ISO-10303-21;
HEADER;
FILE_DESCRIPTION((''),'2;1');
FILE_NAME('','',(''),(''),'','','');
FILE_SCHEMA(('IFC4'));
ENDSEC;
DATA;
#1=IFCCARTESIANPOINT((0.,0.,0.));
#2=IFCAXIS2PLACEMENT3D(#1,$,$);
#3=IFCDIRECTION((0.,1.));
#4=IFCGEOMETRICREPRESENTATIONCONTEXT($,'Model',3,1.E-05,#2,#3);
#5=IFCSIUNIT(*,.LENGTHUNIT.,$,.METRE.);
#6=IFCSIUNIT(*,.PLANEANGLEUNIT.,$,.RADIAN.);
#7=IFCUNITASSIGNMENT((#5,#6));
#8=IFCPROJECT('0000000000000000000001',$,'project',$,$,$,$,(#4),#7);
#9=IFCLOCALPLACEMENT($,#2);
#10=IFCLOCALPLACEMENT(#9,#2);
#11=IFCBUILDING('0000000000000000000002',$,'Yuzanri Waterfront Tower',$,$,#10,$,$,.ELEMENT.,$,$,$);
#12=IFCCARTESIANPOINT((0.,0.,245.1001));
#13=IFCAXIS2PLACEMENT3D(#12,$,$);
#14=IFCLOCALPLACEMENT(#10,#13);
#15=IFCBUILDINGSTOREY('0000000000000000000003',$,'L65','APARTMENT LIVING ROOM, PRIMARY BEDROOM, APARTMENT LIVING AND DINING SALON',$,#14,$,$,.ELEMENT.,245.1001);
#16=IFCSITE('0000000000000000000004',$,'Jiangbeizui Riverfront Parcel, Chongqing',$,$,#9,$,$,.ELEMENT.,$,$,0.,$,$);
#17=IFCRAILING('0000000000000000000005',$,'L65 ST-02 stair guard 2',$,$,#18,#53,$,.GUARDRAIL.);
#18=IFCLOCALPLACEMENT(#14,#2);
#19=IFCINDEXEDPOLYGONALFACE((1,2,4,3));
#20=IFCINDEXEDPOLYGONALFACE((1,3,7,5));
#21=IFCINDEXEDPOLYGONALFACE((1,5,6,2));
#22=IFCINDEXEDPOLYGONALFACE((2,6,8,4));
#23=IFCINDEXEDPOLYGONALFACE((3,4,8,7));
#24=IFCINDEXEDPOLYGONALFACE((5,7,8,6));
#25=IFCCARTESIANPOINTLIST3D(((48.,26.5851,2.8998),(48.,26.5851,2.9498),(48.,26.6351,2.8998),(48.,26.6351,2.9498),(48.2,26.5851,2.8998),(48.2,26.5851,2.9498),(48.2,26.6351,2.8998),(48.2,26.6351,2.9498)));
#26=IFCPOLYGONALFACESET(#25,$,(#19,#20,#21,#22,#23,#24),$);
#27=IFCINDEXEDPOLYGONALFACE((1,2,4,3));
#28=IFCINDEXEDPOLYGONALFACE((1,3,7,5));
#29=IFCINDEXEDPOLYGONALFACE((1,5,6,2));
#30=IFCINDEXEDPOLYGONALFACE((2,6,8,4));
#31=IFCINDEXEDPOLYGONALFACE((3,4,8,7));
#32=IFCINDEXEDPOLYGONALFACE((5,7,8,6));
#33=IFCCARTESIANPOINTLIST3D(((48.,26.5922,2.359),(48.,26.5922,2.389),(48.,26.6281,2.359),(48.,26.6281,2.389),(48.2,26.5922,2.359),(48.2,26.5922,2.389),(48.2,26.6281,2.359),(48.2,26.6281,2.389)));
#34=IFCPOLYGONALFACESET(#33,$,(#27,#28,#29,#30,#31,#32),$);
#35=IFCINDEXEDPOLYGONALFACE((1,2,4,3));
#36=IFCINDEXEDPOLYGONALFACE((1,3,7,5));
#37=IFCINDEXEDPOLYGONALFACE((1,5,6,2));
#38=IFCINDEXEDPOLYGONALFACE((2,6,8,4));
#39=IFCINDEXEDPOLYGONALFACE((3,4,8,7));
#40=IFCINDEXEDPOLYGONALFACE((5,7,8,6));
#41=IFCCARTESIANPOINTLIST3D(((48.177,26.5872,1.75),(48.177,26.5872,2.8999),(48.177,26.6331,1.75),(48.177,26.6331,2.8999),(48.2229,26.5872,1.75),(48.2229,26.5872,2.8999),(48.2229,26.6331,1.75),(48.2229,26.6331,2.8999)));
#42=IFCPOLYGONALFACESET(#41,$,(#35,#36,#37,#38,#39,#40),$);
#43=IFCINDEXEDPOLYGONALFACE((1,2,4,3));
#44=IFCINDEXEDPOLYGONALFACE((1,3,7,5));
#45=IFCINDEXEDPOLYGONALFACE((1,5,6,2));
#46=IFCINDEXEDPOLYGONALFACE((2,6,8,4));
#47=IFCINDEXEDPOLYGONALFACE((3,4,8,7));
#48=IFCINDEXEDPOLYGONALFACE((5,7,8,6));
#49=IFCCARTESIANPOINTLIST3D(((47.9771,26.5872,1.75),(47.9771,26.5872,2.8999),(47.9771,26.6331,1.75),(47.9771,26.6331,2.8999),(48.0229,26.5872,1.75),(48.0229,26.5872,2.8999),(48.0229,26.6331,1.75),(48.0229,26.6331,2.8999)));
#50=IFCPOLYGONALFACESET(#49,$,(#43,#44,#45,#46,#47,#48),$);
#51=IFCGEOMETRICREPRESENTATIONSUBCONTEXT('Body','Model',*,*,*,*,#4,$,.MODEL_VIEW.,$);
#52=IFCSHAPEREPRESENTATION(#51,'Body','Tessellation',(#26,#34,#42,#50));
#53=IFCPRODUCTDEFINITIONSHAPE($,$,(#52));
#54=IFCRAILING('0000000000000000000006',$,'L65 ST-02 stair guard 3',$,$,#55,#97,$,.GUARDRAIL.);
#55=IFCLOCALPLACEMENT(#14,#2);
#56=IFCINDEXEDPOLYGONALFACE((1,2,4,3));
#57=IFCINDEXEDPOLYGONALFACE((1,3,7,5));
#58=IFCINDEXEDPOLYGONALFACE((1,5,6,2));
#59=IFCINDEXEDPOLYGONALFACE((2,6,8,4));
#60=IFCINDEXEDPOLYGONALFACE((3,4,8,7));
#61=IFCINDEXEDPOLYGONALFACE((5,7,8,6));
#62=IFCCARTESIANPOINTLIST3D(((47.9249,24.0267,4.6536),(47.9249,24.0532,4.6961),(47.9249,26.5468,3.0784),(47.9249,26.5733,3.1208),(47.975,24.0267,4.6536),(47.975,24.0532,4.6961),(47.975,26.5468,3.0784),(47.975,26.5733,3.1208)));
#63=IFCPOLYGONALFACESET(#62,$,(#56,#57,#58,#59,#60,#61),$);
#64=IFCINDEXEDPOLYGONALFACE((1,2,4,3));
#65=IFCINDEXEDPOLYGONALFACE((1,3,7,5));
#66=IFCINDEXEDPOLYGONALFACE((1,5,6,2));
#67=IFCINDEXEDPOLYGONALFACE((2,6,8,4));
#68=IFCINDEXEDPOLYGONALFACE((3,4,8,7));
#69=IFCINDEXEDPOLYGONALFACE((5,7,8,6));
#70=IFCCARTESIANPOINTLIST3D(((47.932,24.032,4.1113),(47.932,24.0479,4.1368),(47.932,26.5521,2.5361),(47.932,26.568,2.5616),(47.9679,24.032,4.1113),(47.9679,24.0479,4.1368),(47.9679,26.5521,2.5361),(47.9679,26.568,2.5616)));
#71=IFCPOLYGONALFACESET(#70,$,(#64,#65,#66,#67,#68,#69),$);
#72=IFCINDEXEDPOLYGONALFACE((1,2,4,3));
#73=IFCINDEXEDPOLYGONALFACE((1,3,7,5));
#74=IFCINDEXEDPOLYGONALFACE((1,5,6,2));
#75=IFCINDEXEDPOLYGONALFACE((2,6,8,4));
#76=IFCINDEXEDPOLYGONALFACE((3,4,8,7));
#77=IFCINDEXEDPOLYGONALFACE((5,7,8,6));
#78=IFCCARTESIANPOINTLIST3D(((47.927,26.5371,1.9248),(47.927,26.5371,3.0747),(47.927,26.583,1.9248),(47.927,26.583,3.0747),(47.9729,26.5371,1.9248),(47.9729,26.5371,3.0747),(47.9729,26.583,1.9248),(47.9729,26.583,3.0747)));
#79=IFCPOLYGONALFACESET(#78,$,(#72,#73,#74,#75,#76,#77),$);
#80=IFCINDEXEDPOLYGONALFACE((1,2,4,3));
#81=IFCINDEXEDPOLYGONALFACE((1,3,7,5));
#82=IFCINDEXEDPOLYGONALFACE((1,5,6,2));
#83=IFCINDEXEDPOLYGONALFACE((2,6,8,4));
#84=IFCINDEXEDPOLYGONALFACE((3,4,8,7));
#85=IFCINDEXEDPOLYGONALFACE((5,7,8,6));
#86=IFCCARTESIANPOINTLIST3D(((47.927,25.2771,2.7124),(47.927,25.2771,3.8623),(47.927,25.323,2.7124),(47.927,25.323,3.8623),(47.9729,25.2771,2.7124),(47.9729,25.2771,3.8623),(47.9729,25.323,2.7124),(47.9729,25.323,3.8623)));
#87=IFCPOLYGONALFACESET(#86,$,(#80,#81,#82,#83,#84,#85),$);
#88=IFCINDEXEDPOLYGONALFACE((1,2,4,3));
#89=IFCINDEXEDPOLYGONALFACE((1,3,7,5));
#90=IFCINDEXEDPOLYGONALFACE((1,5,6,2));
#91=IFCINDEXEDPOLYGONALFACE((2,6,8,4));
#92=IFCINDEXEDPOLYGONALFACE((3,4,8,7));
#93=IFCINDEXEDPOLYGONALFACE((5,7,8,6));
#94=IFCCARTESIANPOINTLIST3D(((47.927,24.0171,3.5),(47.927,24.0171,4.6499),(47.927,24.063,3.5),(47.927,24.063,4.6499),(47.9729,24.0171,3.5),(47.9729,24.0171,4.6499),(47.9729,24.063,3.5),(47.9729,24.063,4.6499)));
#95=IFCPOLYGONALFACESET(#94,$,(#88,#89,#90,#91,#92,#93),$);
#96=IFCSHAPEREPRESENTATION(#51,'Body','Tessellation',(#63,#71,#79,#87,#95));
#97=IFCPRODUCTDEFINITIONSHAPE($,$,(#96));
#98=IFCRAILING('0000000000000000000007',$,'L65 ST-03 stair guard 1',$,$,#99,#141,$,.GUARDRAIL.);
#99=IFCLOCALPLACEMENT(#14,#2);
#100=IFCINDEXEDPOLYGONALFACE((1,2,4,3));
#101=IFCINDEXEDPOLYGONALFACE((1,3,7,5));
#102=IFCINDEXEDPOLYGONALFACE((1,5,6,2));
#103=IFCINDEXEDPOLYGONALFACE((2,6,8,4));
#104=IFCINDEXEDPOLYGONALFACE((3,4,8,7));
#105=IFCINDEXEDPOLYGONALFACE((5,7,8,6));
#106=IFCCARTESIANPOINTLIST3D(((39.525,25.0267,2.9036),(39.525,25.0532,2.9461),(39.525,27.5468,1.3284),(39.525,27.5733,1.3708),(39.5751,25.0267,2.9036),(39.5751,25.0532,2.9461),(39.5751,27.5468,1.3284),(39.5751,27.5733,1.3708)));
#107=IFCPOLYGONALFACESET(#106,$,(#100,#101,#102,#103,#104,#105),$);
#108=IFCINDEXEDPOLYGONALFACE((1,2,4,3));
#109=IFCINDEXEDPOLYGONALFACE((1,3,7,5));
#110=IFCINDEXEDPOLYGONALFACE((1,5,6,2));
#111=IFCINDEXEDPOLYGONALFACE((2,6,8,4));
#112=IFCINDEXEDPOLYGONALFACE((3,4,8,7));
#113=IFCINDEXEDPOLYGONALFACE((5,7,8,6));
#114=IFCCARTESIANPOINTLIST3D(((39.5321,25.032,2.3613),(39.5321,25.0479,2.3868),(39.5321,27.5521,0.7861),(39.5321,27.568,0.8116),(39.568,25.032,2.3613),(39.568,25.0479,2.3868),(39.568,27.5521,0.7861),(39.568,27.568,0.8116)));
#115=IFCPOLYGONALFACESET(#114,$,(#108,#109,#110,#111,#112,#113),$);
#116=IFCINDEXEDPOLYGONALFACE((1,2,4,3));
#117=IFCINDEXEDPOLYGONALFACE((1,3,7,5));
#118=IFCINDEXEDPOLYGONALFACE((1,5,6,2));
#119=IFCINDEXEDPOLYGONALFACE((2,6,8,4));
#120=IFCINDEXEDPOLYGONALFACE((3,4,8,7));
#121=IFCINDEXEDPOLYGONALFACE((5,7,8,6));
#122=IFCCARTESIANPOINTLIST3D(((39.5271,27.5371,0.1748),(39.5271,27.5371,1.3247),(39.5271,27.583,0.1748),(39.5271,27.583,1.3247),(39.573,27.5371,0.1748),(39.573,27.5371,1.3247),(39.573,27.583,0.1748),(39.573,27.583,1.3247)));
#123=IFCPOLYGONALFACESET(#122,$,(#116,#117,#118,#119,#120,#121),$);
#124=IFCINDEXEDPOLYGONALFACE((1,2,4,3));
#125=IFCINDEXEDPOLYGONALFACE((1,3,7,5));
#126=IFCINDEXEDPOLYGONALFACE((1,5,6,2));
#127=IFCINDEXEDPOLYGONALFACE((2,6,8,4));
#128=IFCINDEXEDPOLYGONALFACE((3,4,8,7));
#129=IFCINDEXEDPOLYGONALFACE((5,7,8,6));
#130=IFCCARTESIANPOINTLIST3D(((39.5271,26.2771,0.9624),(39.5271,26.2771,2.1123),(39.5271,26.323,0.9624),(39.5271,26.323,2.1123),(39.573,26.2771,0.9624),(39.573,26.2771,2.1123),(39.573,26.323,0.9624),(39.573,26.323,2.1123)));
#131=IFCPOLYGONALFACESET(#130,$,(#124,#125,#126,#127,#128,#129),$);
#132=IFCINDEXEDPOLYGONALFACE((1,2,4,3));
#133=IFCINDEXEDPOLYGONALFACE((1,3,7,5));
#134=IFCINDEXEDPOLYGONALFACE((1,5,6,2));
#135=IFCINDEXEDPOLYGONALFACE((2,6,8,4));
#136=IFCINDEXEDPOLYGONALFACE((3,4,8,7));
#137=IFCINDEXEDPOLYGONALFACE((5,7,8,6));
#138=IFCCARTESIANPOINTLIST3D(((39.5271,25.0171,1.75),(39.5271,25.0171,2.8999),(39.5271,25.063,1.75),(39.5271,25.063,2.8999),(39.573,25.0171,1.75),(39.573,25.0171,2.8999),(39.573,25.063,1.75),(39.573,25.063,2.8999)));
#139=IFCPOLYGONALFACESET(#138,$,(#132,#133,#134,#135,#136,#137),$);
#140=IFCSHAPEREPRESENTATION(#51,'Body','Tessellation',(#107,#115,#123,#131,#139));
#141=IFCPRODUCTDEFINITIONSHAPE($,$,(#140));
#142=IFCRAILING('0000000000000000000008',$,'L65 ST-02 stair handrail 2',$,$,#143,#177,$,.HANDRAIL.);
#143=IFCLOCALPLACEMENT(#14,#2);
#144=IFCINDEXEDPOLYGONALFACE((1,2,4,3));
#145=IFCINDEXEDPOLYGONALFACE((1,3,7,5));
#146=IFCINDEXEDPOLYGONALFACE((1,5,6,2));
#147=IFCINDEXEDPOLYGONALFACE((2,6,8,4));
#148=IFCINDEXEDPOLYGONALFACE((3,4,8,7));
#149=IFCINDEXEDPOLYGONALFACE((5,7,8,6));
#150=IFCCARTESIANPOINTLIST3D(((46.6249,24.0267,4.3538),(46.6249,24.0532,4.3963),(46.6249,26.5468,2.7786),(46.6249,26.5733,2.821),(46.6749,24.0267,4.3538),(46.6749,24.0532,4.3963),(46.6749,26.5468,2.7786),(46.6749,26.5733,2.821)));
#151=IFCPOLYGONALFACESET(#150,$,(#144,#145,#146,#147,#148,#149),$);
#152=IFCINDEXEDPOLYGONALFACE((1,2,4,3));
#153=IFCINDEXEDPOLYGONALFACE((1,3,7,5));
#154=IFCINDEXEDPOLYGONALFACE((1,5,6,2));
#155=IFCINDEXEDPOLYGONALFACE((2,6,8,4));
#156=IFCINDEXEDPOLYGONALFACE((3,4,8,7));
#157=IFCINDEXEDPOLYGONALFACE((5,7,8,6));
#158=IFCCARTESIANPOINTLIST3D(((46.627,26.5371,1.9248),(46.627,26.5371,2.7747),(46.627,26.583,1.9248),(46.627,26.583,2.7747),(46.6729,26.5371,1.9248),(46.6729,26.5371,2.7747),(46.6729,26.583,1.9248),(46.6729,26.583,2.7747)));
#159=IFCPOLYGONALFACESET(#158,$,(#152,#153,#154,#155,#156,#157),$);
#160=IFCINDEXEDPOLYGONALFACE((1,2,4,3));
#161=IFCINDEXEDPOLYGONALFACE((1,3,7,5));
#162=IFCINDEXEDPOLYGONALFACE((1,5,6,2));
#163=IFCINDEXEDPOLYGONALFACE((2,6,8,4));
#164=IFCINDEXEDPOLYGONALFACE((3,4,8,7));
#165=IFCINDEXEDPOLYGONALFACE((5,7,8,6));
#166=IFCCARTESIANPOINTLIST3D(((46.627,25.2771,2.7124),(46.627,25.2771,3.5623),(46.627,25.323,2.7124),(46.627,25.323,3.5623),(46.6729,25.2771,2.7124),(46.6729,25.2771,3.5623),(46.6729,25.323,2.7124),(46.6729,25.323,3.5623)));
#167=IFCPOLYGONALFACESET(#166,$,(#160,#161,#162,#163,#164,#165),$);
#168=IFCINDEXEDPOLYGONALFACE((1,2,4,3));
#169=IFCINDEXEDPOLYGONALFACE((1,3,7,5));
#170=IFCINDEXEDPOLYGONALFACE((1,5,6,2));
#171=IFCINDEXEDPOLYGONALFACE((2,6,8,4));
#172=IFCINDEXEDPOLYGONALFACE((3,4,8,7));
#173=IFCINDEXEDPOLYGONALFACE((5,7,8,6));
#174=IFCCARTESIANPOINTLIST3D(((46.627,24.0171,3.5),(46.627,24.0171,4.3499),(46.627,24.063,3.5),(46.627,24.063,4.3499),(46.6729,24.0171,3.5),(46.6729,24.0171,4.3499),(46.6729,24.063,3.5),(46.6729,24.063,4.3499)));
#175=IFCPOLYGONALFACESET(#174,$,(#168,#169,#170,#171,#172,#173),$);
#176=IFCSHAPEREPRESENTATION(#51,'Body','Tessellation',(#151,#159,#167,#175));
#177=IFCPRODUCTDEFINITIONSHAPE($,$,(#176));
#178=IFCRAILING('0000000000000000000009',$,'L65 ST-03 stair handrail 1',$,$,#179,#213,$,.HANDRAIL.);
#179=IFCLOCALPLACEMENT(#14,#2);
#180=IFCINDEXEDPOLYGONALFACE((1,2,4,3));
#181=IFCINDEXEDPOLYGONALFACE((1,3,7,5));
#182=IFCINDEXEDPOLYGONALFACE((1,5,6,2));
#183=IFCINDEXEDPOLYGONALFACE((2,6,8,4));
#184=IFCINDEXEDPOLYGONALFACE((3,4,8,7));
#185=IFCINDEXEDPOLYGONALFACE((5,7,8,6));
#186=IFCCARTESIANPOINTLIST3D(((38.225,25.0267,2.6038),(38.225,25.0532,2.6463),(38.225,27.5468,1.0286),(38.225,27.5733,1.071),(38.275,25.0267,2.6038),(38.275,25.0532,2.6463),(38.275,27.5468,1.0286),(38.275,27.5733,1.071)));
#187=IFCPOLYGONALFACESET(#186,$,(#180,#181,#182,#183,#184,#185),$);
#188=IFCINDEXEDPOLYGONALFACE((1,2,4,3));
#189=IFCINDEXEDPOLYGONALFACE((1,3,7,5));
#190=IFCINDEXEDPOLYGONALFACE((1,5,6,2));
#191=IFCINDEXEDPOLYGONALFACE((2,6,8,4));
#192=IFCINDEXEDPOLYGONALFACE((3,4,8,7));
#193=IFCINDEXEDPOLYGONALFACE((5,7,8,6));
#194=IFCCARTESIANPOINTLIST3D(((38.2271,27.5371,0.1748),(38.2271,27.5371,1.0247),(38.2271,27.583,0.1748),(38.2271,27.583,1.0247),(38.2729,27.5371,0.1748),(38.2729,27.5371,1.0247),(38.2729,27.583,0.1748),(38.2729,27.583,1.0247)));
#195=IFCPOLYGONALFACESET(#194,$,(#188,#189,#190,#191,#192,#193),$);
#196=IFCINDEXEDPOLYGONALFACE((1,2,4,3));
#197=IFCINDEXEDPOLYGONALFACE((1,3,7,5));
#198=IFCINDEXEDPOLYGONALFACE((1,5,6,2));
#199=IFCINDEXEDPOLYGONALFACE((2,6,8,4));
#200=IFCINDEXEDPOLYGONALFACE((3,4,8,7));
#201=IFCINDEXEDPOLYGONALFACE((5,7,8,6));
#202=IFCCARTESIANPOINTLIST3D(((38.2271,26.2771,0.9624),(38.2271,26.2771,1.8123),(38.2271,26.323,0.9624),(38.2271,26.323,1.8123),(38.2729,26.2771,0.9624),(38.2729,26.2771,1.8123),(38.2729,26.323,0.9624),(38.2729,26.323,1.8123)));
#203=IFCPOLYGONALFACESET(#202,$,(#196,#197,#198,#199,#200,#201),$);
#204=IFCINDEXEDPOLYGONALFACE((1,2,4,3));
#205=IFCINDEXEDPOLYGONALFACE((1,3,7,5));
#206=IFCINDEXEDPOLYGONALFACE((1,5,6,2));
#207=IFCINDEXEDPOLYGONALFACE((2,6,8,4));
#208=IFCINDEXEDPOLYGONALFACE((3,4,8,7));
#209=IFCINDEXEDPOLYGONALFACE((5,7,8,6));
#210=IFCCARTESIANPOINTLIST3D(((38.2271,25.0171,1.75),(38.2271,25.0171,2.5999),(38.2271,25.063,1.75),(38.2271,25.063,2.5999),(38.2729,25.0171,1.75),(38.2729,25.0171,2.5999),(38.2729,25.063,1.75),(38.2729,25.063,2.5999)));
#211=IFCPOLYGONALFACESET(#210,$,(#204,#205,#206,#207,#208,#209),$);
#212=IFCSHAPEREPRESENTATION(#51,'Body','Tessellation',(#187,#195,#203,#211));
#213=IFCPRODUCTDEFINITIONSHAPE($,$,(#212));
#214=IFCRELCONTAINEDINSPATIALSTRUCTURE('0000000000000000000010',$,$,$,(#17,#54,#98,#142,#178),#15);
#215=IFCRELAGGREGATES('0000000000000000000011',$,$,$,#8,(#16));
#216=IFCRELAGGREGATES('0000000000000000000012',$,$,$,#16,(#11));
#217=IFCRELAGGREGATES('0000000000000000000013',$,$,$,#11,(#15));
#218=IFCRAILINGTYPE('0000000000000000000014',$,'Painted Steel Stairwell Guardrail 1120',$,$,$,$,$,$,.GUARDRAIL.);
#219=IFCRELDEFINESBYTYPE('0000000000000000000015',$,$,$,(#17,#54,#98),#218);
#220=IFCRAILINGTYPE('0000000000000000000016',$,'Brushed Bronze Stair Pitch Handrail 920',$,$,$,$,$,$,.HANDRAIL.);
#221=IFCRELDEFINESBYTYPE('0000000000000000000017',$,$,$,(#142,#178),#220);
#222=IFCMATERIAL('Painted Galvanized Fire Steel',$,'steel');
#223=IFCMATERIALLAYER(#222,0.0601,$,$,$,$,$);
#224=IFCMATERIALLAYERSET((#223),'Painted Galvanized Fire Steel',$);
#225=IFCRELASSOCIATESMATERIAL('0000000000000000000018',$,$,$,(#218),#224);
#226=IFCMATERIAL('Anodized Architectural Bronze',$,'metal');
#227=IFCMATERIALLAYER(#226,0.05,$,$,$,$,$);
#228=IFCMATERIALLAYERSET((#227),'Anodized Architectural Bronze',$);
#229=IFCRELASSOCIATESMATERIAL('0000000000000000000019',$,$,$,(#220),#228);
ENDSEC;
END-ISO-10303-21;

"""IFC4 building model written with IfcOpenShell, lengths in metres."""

from ifc_helpers import new_model, si_unit, direction, frame, origin, origin_2d, place, context, subcontext, project, spatial, rectangle, extrude, source, transform, mapped, material, layer, layer_set, type_object, element, save


model = new_model("IFC4")

# Units and contexts
model_context = context("Model", 3, precision=1e-05, world=origin(), true_north=direction((0.0, 1.0)))
body_context = subcontext(model_context, "Body", "Model", "MODEL_VIEW")
ifc_project = project(units=[si_unit("LENGTHUNIT", "METRE"), si_unit("PLANEANGLEUNIT", "RADIAN")], contexts=[model_context])

# Site, building, storey
site_placement = place(None, origin())
site = spatial("IfcSite", under=ifc_project, at=site_placement, Name="Jiangbeizui Riverfront Parcel, Chongqing", CompositionType="ELEMENT", RefElevation=0.0)
building_placement = place(site_placement, origin())
building = spatial("IfcBuilding", under=site, at=building_placement, Name="Yuzanri Waterfront Tower", CompositionType="ELEMENT")
storey_placement = place(building_placement, frame((0.0, 0.0, 245.1001)))
storey = spatial("IfcBuildingStorey", under=building, at=storey_placement, Name="L65", Description="APARTMENT LIVING ROOM, PRIMARY BEDROOM, APARTMENT LIVING AND DINING SALON", CompositionType="ELEMENT", Elevation=245.1001)

# Railings
ifc_material_1 = material(Name="Painted Galvanized Fire Steel", Category="steel")
ifc_layer_1 = layer(ifc_material_1, 0.0601)
ifc_layer_set_1 = layer_set([ifc_layer_1], Name="Painted Galvanized Fire Steel")
railing_type_1 = type_object("IfcRailingType", Name="Painted Steel Stairwell Guardrail 1120", PredefinedType="GUARDRAIL", material=ifc_layer_set_1)
shared_shape_1 = source(origin(), body_context, "Body", "SweptSolid", [
    extrude(rectangle(XDim=0.05, YDim=0.05, at=origin_2d()), frame((0.0, 0.0, 1.1748), z_axis=(-1.0, 0.0, 0.0), x_axis=(0.0, -1.0, 0.0)), (0.0, 0.0, 1.0), 0.2),
    extrude(rectangle(XDim=0.0359, YDim=0.03, at=origin_2d()), frame((0.0, 0.0, 0.624), z_axis=(-1.0, 0.0, 0.0), x_axis=(0.0, -1.0, 0.0)), (0.0, 0.0, 1.0), 0.2),
    extrude(rectangle(XDim=0.0459, YDim=0.0459, at=origin_2d()), origin(), (0.0, 0.0, 1.0), 1.1499),
    extrude(rectangle(XDim=0.0459, YDim=0.0459, at=origin_2d()), frame((-0.2, 0.0, 0.0)), (0.0, 0.0, 1.0), 1.1499),
])
railing_1_placement = place(storey_placement, frame((48.2, 26.6101, 1.75)))
element("IfcRailing", 1, at=railing_1_placement, inside=storey, type_object=railing_type_1, Name="L65 ST-02 stair guard 2", PredefinedType="GUARDRAIL", context=body_context, shape_type="MappedRepresentation", body=[
    mapped(shared_shape_1, transform((0.0, 0.0, 0.0), scale=1.0)),
])
shared_shape_2 = source(origin(), body_context, "Body", "SweptSolid", [
    extrude(rectangle(XDim=0.05, YDim=0.05, at=origin_2d()), frame((0.0, 0.0, 1.1748), z_axis=(0.0, -0.847971, 0.530043), x_axis=(1.0, 0.0, 0.0)), (0.0, 0.0, 1.0), 2.9719),
    extrude(rectangle(XDim=0.0359, YDim=0.03, at=origin_2d()), frame((0.0, 0.0, 0.624), z_axis=(0.0, -0.847971, 0.530043), x_axis=(1.0, 0.0, 0.0)), (0.0, 0.0, 1.0), 2.9719),
    extrude(rectangle(XDim=0.0459, YDim=0.0459, at=origin_2d()), origin(), (0.0, 0.0, 1.0), 1.1499),
    extrude(rectangle(XDim=0.0459, YDim=0.0459, at=origin_2d()), frame((0.0, -1.26, 0.7876)), (0.0, 0.0, 1.0), 1.1499),
    extrude(rectangle(XDim=0.0459, YDim=0.0459, at=origin_2d()), frame((0.0, -2.52, 1.5752)), (0.0, 0.0, 1.0), 1.1499),
])
for number, where, name in (
    (2, (47.95, 26.5601, 1.9248), "L65 ST-02 stair guard 3"),
    (3, (39.55, 27.5601, 0.1748), "L65 ST-03 stair guard 1"),
):
    element("IfcRailing", number, at=place(storey_placement, frame(where)), inside=storey, type_object=railing_type_1, Name=name, PredefinedType="GUARDRAIL", context=body_context, shape_type="MappedRepresentation", body=[
        mapped(shared_shape_2, transform((0.0, 0.0, 0.0), scale=1.0)),
    ])
ifc_material_2 = material(Name="Anodized Architectural Bronze", Category="metal")
ifc_layer_2 = layer(ifc_material_2, 0.05)
ifc_layer_set_2 = layer_set([ifc_layer_2], Name="Anodized Architectural Bronze")
railing_type_2 = type_object("IfcRailingType", Name="Brushed Bronze Stair Pitch Handrail 920", PredefinedType="HANDRAIL", material=ifc_layer_set_2)
shared_shape_3 = source(origin(), body_context, "Body", "SweptSolid", [
    extrude(rectangle(XDim=0.05, YDim=0.05, at=origin_2d()), frame((0.0, 0.0, 0.875), z_axis=(0.0, -0.847971, 0.530043), x_axis=(1.0, 0.0, 0.0)), (0.0, 0.0, 1.0), 2.9719),
    extrude(rectangle(XDim=0.0459, YDim=0.0459, at=origin_2d()), origin(), (0.0, 0.0, 1.0), 0.8499),
    extrude(rectangle(XDim=0.0459, YDim=0.0459, at=origin_2d()), frame((0.0, -1.26, 0.7876)), (0.0, 0.0, 1.0), 0.8499),
    extrude(rectangle(XDim=0.0459, YDim=0.0459, at=origin_2d()), frame((0.0, -2.52, 1.5752)), (0.0, 0.0, 1.0), 0.8499),
])
for number, where, name in (
    (4, (46.6499, 26.5601, 1.9248), "L65 ST-02 stair handrail 2"),
    (5, (38.25, 27.5601, 0.1748), "L65 ST-03 stair handrail 1"),
):
    element("IfcRailing", number, at=place(storey_placement, frame(where)), inside=storey, type_object=railing_type_2, Name=name, PredefinedType="HANDRAIL", context=body_context, shape_type="MappedRepresentation", body=[
        mapped(shared_shape_3, transform((0.0, 0.0, 0.0), scale=1.0)),
    ])

save(model, "model.ifc")
